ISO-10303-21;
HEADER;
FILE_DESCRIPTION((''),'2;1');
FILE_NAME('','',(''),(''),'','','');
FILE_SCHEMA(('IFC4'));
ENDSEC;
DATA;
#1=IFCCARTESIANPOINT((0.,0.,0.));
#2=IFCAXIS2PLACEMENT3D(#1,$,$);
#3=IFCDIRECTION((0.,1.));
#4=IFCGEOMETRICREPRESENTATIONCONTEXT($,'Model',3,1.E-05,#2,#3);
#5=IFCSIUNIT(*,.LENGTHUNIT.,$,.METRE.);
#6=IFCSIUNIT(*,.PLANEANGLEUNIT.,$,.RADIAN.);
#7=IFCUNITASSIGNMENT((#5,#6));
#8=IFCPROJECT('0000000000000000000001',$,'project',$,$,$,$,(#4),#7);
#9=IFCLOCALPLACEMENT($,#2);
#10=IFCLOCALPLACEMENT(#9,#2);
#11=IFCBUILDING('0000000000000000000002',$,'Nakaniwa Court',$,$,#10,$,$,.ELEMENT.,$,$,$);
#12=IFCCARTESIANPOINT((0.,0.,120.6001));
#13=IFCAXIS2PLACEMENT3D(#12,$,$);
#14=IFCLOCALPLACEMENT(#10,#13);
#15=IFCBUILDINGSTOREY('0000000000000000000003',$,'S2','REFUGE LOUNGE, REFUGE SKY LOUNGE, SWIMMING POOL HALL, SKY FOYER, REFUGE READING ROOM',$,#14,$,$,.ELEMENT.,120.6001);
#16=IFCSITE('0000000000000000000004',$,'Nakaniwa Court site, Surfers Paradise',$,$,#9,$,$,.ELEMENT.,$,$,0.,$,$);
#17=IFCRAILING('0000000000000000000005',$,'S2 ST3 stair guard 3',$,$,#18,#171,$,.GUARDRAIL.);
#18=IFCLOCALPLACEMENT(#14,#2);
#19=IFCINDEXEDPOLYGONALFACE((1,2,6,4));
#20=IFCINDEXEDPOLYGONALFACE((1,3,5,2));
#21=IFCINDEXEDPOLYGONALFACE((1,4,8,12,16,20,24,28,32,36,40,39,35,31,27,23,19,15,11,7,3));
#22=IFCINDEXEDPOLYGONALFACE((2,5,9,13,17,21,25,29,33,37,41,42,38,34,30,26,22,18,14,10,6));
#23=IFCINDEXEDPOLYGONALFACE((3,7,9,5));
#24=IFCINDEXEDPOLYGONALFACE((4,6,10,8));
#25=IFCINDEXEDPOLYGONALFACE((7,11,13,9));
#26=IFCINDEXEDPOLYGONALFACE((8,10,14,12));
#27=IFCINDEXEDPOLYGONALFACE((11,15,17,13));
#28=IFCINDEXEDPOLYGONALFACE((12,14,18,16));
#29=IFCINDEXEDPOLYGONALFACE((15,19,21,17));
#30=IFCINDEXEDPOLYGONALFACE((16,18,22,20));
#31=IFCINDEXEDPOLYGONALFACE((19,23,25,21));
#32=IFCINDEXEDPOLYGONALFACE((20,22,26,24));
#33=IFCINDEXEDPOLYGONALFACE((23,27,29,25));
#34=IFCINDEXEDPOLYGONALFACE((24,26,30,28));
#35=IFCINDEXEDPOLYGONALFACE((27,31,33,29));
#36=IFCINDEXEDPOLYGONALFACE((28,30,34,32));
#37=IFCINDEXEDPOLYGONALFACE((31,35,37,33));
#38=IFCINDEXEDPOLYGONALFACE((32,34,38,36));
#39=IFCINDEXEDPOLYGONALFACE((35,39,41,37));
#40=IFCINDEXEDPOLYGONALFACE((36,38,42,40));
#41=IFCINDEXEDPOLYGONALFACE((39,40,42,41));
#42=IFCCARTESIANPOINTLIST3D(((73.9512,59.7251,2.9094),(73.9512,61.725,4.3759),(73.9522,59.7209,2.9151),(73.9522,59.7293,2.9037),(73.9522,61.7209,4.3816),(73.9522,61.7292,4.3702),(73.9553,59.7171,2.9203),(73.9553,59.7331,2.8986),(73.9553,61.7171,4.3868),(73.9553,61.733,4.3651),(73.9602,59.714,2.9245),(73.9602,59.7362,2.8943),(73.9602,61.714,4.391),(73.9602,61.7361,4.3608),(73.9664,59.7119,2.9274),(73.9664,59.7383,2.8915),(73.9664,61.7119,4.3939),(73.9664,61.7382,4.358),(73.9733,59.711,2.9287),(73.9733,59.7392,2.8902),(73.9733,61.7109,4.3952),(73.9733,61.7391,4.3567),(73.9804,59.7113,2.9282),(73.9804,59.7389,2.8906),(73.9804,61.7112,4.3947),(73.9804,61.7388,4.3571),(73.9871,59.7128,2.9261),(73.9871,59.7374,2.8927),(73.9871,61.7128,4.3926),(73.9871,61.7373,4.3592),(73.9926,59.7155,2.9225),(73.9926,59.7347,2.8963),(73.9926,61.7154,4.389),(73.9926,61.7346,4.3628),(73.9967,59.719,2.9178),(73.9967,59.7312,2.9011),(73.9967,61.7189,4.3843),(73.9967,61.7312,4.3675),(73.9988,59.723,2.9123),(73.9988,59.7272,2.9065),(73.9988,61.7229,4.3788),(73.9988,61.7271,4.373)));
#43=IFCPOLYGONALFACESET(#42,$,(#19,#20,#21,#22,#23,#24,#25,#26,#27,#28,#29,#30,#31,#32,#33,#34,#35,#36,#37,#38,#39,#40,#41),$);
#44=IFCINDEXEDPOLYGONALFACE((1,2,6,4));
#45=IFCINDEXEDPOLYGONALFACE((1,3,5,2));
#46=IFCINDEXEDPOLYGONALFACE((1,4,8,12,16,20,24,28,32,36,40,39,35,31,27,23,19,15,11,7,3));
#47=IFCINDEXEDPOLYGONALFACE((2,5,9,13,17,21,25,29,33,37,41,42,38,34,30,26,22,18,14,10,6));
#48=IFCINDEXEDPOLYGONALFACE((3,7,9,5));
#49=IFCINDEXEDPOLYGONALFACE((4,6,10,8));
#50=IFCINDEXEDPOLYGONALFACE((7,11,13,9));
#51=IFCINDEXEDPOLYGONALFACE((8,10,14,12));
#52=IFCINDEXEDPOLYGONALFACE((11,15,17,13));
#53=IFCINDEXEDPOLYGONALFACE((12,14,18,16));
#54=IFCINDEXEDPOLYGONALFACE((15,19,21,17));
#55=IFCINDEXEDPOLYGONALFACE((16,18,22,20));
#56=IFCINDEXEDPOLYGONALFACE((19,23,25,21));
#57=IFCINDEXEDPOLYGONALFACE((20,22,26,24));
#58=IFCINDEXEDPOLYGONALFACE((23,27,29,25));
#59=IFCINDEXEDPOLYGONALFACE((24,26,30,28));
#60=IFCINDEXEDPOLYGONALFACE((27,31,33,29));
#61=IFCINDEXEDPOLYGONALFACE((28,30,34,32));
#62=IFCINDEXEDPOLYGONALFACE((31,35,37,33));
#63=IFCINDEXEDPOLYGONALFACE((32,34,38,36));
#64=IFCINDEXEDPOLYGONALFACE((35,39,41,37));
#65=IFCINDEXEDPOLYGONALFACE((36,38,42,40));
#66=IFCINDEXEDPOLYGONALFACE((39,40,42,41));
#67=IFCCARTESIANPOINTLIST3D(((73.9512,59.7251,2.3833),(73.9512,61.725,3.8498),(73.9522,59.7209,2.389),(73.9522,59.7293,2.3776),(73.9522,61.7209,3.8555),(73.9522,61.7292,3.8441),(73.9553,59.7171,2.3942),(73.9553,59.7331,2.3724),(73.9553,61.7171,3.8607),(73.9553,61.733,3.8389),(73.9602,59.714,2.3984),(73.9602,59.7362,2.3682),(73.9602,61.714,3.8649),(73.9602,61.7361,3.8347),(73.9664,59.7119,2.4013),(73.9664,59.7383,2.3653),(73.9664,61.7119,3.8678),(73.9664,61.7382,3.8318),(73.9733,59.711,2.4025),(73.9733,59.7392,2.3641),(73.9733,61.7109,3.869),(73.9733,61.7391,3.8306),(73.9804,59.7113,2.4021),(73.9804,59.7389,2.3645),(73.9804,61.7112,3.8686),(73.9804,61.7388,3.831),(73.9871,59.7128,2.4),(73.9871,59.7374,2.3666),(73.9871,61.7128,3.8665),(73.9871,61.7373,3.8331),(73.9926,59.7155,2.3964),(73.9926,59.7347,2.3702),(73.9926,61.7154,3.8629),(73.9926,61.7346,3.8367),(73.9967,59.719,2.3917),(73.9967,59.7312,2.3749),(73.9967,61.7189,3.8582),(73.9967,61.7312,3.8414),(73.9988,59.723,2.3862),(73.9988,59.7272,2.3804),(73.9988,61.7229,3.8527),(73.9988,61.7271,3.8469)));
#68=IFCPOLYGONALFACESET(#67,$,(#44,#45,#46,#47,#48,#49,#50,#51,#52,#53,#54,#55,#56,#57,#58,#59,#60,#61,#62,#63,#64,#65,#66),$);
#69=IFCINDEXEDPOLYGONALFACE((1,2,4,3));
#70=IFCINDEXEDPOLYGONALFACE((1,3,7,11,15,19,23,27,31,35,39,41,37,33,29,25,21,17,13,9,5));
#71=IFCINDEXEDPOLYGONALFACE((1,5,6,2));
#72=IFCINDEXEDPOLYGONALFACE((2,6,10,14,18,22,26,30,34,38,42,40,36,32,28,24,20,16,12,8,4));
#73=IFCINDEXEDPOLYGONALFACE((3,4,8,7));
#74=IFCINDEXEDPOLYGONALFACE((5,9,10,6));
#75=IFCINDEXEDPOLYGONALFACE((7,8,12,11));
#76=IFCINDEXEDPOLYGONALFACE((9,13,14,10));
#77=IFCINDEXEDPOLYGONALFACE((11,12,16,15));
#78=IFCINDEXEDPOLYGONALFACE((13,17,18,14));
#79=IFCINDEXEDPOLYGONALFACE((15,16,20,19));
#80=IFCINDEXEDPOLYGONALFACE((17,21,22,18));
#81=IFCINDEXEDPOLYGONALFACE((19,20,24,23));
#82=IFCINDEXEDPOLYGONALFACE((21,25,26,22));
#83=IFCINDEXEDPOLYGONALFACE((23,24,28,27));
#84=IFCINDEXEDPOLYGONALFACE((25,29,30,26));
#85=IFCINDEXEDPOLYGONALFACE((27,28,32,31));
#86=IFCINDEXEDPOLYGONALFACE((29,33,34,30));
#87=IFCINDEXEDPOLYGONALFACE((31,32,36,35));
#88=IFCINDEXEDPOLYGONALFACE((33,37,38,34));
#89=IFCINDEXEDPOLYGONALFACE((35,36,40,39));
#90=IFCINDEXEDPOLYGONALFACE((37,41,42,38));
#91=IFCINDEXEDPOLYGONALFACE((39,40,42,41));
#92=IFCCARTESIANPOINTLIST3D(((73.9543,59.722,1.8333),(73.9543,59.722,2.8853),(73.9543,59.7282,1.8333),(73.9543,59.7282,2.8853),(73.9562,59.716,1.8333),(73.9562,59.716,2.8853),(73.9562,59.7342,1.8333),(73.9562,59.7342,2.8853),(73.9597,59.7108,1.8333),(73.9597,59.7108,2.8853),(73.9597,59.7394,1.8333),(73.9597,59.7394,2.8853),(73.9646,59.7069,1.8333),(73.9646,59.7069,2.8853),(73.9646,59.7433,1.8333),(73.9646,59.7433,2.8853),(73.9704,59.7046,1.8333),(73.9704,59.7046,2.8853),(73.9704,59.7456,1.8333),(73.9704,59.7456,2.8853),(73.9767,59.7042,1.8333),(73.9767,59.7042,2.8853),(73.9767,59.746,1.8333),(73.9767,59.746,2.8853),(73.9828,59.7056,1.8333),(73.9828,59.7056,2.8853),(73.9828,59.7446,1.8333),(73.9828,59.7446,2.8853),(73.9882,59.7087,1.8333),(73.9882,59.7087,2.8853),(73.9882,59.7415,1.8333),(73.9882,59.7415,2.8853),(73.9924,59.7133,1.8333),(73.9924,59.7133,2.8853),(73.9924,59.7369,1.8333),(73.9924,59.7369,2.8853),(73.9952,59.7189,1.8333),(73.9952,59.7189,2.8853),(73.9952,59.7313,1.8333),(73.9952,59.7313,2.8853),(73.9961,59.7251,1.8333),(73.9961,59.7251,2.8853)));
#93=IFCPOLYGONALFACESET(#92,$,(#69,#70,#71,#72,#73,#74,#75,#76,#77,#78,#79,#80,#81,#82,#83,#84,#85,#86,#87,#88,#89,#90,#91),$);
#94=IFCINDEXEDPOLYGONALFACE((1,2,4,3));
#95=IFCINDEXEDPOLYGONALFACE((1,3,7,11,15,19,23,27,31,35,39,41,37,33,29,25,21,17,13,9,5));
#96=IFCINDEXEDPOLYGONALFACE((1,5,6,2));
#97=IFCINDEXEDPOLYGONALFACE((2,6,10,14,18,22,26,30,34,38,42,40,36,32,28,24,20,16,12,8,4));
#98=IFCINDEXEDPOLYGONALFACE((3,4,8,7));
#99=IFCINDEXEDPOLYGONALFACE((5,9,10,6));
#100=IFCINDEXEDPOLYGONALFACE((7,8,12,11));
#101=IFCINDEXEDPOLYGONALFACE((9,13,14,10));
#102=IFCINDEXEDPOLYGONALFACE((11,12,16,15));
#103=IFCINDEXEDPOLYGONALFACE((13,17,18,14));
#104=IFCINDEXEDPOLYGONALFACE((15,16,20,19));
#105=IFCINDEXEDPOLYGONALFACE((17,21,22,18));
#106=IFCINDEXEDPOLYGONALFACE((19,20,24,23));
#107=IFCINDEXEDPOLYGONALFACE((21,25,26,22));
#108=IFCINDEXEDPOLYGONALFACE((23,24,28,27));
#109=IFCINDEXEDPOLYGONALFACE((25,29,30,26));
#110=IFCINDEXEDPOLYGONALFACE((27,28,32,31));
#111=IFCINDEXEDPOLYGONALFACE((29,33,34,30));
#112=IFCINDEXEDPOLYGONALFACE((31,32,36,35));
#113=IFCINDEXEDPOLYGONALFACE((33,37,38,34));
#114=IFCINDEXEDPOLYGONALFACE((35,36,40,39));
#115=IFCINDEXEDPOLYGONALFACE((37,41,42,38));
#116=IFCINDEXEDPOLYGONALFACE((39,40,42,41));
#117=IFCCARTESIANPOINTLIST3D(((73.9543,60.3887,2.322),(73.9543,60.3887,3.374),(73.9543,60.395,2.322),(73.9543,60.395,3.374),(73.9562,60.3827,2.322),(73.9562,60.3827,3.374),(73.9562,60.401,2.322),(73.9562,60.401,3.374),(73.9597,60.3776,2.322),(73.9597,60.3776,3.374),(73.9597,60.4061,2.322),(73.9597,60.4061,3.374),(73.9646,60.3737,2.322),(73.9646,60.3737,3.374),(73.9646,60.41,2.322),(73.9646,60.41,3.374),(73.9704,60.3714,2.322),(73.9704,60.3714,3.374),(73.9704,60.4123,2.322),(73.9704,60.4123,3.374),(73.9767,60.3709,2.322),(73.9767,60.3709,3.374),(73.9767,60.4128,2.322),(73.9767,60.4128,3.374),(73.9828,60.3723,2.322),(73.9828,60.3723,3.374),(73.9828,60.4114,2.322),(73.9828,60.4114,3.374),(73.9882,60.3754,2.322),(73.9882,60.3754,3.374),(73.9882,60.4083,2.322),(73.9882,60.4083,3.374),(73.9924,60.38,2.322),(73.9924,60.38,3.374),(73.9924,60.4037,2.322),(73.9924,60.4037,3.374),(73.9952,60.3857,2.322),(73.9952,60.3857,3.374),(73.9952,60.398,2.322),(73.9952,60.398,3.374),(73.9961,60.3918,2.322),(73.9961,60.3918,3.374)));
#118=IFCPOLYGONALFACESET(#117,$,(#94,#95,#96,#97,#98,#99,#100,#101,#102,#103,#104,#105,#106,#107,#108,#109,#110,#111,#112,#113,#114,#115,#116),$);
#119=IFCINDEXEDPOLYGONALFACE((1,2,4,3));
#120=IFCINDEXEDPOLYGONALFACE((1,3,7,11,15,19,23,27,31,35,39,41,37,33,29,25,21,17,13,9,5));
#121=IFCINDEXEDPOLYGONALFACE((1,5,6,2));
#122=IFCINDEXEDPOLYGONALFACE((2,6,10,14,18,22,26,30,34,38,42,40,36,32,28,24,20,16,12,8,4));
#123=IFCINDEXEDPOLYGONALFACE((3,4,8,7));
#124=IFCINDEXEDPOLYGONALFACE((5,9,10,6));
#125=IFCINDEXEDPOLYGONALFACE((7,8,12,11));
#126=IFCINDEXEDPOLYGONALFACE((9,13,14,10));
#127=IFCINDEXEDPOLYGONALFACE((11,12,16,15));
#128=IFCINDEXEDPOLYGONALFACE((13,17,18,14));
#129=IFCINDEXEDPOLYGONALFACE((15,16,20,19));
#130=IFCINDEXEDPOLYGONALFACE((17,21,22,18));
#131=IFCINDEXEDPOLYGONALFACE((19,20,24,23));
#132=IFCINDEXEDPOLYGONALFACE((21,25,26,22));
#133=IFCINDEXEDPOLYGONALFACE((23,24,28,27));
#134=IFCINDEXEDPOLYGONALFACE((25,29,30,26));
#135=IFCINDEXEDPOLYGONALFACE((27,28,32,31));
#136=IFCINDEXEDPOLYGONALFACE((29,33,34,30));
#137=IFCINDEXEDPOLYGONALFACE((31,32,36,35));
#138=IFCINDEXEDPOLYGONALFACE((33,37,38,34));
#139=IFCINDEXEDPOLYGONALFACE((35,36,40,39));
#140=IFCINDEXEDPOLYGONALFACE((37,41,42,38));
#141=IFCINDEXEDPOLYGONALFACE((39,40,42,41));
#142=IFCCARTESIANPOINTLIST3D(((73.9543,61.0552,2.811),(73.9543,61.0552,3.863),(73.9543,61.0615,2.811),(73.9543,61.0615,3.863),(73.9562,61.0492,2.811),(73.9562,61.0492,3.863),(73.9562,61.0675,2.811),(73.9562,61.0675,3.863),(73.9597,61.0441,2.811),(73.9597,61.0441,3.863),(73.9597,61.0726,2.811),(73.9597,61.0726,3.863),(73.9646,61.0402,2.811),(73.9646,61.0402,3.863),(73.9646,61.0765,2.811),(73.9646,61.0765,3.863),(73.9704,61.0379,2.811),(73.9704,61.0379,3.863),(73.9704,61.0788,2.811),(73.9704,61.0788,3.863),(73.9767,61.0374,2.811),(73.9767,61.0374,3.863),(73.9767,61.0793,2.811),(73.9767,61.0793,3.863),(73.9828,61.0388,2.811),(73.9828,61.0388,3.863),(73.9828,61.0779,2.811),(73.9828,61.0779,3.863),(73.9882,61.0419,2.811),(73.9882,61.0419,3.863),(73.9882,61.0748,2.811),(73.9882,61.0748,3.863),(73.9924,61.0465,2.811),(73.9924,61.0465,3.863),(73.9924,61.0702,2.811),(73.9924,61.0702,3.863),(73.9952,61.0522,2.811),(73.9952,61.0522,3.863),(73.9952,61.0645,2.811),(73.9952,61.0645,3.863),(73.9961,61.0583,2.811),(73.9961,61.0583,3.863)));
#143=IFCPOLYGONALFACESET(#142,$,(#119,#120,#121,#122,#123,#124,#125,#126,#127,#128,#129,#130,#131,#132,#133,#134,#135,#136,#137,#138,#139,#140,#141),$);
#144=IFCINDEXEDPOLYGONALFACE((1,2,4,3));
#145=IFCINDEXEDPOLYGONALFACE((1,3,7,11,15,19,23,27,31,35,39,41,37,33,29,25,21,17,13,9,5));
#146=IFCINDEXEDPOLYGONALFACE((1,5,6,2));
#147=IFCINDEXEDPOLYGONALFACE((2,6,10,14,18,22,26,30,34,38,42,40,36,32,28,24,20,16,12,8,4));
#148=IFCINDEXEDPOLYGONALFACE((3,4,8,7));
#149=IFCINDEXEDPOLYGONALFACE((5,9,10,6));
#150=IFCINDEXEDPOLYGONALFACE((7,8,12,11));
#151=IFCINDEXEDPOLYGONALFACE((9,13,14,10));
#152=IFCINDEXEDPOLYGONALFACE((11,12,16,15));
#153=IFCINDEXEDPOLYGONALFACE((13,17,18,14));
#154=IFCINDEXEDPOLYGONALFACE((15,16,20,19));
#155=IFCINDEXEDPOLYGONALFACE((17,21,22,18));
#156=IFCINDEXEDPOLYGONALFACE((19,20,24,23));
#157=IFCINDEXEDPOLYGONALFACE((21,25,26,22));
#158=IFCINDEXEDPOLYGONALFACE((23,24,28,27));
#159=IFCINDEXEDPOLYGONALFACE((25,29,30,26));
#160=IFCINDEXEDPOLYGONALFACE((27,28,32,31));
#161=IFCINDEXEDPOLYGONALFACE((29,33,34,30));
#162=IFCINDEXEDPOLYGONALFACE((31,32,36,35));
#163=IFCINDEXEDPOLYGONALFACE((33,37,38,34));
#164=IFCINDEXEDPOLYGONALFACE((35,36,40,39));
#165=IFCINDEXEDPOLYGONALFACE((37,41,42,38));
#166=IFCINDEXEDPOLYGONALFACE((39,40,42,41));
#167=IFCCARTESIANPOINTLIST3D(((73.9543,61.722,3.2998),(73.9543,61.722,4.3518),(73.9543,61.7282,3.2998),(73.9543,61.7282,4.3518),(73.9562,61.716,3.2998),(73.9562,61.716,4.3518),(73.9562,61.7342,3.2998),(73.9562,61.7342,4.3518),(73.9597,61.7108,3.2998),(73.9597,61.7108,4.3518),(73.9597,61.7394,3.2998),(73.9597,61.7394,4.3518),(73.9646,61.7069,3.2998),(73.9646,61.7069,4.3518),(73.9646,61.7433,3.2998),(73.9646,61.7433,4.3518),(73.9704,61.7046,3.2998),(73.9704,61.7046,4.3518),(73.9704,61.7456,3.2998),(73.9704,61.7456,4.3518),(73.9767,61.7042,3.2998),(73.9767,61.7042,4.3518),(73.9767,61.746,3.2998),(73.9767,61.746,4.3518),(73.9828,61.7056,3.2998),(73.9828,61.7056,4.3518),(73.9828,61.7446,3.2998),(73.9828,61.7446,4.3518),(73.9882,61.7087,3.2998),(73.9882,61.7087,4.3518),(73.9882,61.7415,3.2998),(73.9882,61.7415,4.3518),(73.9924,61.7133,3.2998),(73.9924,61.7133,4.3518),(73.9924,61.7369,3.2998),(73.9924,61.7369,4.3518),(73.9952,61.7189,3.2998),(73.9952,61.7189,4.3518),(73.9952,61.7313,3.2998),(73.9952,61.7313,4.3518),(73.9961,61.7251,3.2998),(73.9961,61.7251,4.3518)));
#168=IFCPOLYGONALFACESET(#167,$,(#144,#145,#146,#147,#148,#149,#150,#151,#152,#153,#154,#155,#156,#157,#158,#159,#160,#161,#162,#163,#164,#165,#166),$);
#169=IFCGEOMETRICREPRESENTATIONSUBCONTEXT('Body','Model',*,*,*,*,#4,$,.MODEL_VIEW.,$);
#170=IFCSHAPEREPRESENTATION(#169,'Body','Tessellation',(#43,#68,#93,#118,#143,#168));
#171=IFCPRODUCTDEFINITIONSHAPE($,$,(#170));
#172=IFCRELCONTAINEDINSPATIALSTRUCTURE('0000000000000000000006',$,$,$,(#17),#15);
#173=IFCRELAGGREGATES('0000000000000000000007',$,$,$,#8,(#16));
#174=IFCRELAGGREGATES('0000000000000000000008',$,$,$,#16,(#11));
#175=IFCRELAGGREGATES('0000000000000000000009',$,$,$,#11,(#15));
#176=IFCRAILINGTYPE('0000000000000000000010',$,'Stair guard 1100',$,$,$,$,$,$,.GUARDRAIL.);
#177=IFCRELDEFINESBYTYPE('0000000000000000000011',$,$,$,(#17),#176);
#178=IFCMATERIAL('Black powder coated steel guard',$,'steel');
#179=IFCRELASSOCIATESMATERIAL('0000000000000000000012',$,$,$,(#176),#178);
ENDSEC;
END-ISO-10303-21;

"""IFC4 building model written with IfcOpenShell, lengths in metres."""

from ifc_helpers import new_model, si_unit, direction, frame, origin, origin_2d, place, context, subcontext, project, spatial, circle, extrude, material, type_object, element, save


model = new_model("IFC4")

# Units and contexts
model_context = context("Model", 3, precision=1e-05, world=origin(), true_north=direction((0.0, 1.0)))
body_context = subcontext(model_context, "Body", "Model", "MODEL_VIEW")
ifc_project = project(units=[si_unit("LENGTHUNIT", "METRE"), si_unit("PLANEANGLEUNIT", "RADIAN")], contexts=[model_context])

# Site, building, storey
site_placement = place(None, origin())
site = spatial("IfcSite", under=ifc_project, at=site_placement, Name="Nakaniwa Court site, Surfers Paradise", CompositionType="ELEMENT", RefElevation=0.0)
building_placement = place(site_placement, origin())
building = spatial("IfcBuilding", under=site, at=building_placement, Name="Nakaniwa Court", CompositionType="ELEMENT")
storey_placement = place(building_placement, frame((0.0, 0.0, 120.6001)))
storey = spatial("IfcBuildingStorey", under=building, at=storey_placement, Name="S2", Description="REFUGE LOUNGE, REFUGE SKY LOUNGE, SWIMMING POOL HALL, SKY FOYER, REFUGE READING ROOM", CompositionType="ELEMENT", Elevation=120.6001)

# Railing
ifc_material_1 = material(Name="Black powder coated steel guard", Category="steel")
railing_type_1 = type_object("IfcRailingType", Name="Stair guard 1100", PredefinedType="GUARDRAIL", material=ifc_material_1)
railing_1_placement = place(storey_placement, frame((73.9751, 59.7251, 1.8333)))
element("IfcRailing", 1, at=railing_1_placement, inside=storey, type_object=railing_type_1, Name="S2 ST3 stair guard 3", PredefinedType="GUARDRAIL", context=body_context, shape_type="SweptSolid", body=[
    extrude(circle(Radius=0.0239, at=origin_2d()), frame((0.0, 0.0, 1.0762), z_axis=(0.0, 0.806427, 0.591334), x_axis=(-1.0, 0.0, 0.0)), (0.0, 0.0, 1.0), 2.48),
    extrude(circle(Radius=0.0239, at=origin_2d()), frame((0.0, 0.0, 0.55), z_axis=(0.0, 0.806427, 0.591334), x_axis=(-1.0, 0.0, 0.0)), (0.0, 0.0, 1.0), 2.48),
    extrude(circle(Radius=0.021, at=origin_2d()), origin(), (0.0, 0.0, 1.0), 1.052),
    extrude(circle(Radius=0.021, at=origin_2d()), frame((0.0, 0.6667, 0.4888)), (0.0, 0.0, 1.0), 1.052),
    extrude(circle(Radius=0.021, at=origin_2d()), frame((0.0, 1.3333, 0.9778)), (0.0, 0.0, 1.0), 1.052),
    extrude(circle(Radius=0.021, at=origin_2d()), frame((0.0, 2.0, 1.4666)), (0.0, 0.0, 1.0), 1.052),
])

save(model, "model.ifc")
